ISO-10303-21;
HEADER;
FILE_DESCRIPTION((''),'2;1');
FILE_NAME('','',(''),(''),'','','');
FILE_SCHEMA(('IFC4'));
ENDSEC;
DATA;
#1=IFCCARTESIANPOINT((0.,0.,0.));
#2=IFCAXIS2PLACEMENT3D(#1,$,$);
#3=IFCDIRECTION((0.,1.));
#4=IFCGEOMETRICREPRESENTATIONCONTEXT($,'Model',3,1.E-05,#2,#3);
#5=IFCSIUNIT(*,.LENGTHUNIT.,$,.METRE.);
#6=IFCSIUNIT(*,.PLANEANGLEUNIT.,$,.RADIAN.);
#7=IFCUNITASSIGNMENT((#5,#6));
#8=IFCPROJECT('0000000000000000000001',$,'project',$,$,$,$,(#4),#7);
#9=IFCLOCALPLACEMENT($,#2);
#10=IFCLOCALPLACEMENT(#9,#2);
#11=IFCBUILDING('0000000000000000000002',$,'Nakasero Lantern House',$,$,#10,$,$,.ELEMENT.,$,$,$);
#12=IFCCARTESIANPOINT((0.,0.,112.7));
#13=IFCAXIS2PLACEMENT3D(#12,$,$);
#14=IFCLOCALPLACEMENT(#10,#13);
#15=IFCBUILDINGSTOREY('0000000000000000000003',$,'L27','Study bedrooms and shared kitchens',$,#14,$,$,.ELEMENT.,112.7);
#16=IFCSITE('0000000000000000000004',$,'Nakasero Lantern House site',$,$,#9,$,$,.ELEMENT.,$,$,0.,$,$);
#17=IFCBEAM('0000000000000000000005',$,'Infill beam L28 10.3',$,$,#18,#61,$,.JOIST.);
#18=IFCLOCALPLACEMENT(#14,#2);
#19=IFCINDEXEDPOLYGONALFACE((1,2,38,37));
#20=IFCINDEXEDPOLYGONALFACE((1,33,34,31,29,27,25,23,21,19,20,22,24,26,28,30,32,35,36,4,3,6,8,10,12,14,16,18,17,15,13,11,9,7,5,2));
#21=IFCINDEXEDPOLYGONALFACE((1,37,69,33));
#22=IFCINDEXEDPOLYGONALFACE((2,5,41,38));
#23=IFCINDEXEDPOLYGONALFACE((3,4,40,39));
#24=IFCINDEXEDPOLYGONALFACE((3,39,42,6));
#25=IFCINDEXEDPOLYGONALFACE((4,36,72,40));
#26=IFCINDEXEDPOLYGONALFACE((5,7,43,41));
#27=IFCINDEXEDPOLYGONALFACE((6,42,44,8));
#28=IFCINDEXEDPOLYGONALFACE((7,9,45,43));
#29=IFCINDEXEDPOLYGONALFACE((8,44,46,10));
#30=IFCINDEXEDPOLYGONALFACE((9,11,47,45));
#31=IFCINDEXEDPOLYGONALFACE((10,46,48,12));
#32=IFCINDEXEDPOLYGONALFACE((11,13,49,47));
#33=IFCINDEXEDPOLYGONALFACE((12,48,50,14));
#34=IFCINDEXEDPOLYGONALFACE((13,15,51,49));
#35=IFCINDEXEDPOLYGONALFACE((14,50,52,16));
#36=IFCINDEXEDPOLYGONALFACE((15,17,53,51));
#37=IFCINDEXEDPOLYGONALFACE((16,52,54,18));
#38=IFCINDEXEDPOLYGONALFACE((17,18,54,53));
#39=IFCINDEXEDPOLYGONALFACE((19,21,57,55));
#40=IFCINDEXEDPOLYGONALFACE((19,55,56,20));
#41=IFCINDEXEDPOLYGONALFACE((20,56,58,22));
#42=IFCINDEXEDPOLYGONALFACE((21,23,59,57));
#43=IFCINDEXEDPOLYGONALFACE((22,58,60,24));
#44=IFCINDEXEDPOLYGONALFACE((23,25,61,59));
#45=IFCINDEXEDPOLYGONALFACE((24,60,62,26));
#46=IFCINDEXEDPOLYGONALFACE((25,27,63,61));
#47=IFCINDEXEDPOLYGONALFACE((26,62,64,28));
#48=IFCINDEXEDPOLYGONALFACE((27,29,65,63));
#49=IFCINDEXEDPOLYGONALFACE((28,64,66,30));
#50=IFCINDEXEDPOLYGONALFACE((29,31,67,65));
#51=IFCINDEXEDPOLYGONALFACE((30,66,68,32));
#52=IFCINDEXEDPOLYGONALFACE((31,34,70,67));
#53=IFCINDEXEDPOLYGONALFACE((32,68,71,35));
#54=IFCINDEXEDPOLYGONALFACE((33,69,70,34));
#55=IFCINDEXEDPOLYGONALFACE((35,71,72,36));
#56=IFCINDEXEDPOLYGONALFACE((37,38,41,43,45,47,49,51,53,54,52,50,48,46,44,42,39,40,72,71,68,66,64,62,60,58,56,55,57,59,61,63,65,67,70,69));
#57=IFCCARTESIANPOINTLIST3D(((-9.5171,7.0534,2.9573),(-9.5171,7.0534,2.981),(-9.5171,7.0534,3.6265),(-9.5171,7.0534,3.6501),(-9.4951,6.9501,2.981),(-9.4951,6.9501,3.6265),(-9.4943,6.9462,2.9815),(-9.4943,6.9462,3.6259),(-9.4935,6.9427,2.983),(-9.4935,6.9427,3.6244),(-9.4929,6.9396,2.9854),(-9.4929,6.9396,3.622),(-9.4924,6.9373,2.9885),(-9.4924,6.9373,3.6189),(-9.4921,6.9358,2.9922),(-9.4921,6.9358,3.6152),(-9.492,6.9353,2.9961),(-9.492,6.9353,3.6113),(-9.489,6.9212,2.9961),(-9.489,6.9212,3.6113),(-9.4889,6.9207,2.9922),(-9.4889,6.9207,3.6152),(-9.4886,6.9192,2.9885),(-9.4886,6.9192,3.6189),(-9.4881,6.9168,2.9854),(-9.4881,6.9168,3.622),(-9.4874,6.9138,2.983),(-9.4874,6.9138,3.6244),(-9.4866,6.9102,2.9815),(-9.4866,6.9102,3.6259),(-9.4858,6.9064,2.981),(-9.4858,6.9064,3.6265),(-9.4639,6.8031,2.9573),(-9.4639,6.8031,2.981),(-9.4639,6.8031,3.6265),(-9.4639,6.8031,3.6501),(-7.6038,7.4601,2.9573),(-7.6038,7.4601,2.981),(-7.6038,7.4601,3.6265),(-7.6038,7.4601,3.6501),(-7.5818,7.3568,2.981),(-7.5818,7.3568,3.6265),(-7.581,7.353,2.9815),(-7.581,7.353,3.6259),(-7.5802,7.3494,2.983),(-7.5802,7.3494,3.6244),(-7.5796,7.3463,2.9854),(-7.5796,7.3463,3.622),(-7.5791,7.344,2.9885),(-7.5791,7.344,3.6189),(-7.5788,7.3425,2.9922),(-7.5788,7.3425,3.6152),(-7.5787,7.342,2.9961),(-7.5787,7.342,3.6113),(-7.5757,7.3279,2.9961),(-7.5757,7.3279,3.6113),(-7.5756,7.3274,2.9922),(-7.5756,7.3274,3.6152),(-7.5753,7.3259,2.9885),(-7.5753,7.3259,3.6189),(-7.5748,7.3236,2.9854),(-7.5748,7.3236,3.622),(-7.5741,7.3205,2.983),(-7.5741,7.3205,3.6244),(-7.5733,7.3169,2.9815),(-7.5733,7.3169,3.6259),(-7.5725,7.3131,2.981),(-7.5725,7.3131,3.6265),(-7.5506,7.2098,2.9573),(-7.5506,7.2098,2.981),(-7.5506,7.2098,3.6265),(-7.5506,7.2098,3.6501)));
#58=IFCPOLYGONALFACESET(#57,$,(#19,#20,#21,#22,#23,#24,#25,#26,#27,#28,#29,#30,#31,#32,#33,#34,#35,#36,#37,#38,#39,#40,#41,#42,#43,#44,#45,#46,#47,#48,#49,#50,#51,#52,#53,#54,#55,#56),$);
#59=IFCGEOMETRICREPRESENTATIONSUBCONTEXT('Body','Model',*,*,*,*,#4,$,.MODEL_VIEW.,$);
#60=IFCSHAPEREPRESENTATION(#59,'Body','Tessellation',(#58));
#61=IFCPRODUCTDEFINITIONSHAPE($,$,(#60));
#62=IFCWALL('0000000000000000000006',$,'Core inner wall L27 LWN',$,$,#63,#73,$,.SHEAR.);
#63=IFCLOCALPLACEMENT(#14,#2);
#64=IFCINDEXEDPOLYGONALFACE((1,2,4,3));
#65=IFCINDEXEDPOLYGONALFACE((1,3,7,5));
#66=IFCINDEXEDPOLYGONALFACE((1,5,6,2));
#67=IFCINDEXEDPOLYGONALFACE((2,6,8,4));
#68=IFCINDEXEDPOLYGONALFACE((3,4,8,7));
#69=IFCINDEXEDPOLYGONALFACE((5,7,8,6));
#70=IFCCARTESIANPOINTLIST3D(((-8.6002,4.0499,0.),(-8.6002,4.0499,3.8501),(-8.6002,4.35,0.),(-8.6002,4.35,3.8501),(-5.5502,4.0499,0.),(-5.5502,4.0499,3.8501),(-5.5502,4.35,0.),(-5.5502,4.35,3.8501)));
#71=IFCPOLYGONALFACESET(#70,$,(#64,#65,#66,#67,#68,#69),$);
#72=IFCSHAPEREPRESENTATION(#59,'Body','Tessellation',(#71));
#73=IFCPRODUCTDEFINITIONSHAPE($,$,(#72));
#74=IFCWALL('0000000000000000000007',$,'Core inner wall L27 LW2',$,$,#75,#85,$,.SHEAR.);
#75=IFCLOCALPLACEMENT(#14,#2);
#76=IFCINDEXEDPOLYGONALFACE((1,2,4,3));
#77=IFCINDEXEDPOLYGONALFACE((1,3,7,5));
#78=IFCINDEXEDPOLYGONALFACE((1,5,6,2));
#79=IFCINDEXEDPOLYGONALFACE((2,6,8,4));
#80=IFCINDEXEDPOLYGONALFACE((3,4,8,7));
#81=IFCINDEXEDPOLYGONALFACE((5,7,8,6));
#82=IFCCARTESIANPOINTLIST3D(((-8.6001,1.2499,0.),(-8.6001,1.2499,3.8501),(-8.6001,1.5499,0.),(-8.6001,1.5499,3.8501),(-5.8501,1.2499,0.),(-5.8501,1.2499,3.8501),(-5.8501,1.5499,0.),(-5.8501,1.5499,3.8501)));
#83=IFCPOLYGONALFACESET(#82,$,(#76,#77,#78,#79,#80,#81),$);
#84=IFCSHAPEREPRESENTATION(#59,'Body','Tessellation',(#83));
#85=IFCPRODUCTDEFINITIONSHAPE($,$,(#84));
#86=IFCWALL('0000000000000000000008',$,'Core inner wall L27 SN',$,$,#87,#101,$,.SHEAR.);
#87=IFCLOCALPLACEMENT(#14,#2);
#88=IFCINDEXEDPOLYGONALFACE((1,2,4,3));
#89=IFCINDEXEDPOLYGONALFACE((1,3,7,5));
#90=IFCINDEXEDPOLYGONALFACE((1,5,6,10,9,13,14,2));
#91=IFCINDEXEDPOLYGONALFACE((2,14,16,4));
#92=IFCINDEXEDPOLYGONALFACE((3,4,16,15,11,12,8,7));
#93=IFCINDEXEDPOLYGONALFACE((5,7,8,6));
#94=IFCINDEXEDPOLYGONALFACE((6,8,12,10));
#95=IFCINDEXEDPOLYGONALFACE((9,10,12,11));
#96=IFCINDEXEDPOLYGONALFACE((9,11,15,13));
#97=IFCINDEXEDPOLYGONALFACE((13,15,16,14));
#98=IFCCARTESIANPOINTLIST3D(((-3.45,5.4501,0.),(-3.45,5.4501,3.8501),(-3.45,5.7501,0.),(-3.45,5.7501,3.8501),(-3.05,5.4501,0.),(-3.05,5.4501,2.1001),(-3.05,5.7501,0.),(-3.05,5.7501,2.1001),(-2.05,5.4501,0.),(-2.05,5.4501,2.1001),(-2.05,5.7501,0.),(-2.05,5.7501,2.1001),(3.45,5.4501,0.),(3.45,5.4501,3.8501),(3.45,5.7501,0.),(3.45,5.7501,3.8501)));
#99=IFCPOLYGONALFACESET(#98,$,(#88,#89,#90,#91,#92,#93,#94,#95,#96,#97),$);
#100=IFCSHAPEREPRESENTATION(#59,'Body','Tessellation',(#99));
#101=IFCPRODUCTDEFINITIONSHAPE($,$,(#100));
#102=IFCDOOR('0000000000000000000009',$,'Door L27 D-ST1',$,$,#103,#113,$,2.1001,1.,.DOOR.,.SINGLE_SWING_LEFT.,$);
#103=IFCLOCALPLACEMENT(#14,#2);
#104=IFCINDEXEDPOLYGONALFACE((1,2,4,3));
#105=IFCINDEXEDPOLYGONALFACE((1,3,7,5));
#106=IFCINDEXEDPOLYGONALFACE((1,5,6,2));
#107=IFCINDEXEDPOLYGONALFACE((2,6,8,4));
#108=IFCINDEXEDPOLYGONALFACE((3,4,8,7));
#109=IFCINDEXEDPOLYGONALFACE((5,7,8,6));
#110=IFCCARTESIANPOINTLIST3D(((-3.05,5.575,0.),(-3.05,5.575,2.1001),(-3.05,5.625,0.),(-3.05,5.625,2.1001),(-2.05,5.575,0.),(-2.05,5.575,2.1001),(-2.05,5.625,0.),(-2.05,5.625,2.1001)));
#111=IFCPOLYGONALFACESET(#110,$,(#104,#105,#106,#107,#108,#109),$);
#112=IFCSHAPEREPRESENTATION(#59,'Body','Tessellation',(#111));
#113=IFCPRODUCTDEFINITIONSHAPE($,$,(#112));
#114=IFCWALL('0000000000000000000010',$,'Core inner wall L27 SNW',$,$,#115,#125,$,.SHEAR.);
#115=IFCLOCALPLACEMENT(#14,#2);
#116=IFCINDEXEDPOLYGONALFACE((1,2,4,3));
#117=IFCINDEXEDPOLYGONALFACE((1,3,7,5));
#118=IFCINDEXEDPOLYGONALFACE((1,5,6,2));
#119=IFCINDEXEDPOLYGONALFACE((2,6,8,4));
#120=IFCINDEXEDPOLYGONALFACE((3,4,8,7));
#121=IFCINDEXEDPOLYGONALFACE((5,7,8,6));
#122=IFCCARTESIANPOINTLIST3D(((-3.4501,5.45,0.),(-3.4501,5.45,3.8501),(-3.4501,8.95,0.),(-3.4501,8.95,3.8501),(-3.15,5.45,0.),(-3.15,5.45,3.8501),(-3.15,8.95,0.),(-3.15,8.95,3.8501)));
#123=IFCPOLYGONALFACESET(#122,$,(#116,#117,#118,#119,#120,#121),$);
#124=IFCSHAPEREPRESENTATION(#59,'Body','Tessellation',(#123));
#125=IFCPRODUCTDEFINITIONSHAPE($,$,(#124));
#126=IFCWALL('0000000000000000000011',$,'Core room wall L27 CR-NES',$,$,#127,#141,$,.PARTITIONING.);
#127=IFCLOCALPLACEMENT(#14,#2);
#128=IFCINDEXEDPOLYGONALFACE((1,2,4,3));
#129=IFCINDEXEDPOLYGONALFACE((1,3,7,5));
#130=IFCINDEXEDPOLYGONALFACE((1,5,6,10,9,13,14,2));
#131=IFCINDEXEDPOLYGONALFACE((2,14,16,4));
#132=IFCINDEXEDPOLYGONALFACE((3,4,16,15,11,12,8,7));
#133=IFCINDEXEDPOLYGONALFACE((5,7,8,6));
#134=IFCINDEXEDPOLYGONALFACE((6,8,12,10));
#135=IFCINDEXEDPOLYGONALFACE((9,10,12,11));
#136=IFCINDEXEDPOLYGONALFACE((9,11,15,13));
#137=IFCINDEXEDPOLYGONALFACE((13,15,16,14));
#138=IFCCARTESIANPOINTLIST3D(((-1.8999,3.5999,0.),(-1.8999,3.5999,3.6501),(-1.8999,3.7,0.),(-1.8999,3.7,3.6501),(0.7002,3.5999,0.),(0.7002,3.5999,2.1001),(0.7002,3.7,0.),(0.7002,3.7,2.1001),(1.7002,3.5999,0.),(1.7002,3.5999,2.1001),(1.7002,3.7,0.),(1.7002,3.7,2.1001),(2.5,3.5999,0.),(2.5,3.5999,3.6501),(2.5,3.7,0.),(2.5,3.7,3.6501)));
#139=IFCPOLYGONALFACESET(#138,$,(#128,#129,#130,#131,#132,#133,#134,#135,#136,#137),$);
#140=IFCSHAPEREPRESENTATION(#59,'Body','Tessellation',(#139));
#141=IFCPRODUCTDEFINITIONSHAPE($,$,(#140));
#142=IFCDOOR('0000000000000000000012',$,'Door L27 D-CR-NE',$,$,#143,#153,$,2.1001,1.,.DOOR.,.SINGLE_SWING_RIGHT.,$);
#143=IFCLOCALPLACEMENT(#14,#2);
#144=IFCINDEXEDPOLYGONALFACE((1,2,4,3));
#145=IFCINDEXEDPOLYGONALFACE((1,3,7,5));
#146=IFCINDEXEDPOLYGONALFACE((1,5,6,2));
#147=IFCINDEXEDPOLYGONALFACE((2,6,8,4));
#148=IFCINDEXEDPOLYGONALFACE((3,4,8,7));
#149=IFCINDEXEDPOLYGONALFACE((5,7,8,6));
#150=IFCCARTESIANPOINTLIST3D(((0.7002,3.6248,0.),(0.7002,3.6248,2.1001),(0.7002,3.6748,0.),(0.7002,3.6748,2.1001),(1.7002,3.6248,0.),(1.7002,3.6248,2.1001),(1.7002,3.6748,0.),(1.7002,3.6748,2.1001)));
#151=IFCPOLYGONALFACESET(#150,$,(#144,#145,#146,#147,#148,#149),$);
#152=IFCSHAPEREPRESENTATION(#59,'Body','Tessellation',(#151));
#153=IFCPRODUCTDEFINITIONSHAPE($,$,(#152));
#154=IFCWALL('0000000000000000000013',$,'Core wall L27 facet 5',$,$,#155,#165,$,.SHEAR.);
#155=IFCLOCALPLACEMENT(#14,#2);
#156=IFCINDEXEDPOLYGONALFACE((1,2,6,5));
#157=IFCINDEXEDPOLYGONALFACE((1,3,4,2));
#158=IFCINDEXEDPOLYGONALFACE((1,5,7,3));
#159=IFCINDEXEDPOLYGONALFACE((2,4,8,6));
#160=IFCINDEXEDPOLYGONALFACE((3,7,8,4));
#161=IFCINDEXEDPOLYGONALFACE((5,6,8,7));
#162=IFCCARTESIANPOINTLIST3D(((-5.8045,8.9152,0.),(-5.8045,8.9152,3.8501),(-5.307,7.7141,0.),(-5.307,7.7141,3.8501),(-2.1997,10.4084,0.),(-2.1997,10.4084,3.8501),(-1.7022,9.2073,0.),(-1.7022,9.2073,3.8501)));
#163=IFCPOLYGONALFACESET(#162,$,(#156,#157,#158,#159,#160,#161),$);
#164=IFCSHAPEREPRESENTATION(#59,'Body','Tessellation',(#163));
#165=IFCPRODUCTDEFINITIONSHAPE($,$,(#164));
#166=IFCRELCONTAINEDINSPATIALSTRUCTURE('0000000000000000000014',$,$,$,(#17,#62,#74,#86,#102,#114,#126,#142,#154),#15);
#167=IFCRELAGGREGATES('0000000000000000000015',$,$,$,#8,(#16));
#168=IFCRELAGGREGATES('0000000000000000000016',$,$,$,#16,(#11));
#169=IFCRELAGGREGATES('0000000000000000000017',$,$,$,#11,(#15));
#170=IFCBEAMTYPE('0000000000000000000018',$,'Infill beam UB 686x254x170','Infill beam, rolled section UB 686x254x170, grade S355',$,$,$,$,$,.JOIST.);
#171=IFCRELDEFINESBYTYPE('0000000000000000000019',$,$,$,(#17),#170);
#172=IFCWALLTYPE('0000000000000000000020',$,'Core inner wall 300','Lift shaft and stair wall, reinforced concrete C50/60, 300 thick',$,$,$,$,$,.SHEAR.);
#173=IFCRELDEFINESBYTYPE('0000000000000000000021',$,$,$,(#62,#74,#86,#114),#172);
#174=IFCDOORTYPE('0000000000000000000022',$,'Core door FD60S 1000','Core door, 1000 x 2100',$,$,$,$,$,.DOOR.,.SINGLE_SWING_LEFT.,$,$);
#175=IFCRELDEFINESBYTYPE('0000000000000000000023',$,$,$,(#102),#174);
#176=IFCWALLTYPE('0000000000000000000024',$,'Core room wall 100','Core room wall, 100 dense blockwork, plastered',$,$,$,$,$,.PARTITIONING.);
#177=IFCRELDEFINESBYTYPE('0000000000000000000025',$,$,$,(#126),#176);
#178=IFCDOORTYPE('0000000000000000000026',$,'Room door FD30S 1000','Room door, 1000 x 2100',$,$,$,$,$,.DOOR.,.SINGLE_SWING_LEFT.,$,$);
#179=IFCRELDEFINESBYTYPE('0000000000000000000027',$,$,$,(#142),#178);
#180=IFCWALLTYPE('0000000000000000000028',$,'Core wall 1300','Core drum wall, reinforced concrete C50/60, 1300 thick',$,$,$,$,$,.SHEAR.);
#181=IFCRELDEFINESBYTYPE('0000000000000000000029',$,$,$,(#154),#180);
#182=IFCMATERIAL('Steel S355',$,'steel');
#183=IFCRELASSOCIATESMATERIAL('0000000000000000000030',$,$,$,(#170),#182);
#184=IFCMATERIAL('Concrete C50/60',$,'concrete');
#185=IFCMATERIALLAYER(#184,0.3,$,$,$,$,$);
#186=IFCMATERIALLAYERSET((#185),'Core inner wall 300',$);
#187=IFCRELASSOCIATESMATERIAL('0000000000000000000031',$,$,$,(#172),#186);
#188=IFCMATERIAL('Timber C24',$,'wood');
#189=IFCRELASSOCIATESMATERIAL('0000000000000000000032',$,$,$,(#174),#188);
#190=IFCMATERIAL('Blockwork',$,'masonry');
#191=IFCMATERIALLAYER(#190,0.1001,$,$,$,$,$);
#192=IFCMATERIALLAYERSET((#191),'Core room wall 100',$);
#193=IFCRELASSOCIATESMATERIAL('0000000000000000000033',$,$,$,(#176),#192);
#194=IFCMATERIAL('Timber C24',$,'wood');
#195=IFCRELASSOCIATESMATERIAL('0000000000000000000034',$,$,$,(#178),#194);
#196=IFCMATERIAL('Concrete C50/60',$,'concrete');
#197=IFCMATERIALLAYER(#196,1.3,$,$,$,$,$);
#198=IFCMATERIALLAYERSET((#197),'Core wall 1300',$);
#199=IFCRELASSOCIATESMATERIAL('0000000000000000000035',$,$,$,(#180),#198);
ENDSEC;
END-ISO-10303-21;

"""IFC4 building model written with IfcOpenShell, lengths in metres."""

from ifc_helpers import new_model, si_unit, direction, frame, frame_2d, origin, origin_2d, place, context, subcontext, project, spatial, rectangle, i_section, extrude, material, layer, layer_set, material_profile, profile_set, type_object, element, fill, save


model = new_model("IFC4")

# Units and contexts
model_context = context("Model", 3, precision=1e-05, world=origin(), true_north=direction((0.0, 1.0)))
body_context = subcontext(model_context, "Body", "Model", "MODEL_VIEW")
ifc_project = project(units=[si_unit("LENGTHUNIT", "METRE"), si_unit("PLANEANGLEUNIT", "RADIAN")], contexts=[model_context])

# Site, building, storey
site_placement = place(None, origin())
site = spatial("IfcSite", under=ifc_project, at=site_placement, Name="Nakasero Lantern House site", CompositionType="ELEMENT", RefElevation=0.0)
building_placement = place(site_placement, origin())
building = spatial("IfcBuilding", under=site, at=building_placement, Name="Nakasero Lantern House", CompositionType="ELEMENT")
storey_placement = place(building_placement, frame((0.0, 0.0, 112.7)))
storey = spatial("IfcBuildingStorey", under=building, at=storey_placement, Name="L27", Description="Study bedrooms and shared kitchens", CompositionType="ELEMENT", Elevation=112.7)

# Beam
ifc_material_1 = material(Name="Steel S355", Category="steel")
ifc_material_profile_1 = material_profile(ifc_material_1, i_section(OverallWidth=0.2559, OverallDepth=0.6929, WebThickness=0.0144, FlangeThickness=0.0237, FilletRadius=0.0151, at=origin_2d()), Name="UB 686x254x170")
ifc_profile_set_1 = profile_set([ifc_material_profile_1], Name="Steel S355")
beam_type_1 = type_object("IfcBeamType", Name="Infill beam UB 686x254x170", Description="Infill beam, rolled section UB 686x254x170, grade S355", PredefinedType="JOIST", material=ifc_profile_set_1)
beam_1_placement = place(storey_placement, frame((-9.4905, 6.9282, 3.3037), z_axis=(0.978143, 0.207935, 0.0), x_axis=(-0.207935, 0.978143, 0.0)))
element("IfcBeam", 1, at=beam_1_placement, inside=storey, type_object=beam_type_1, Name="Infill beam L28 10.3", PredefinedType="JOIST", context=body_context, shape_type="SweptSolid", body=[
    extrude(i_section(OverallWidth=0.2559, OverallDepth=0.6929, WebThickness=0.0144, FlangeThickness=0.0237, FilletRadius=0.0151, at=origin_2d()), origin(), (0.0, 0.0, 1.0), 1.9561),
])

# Walls
ifc_material_2 = material(Name="Concrete C50/60", Category="concrete")
ifc_layer_1 = layer(ifc_material_2, 0.3)
ifc_layer_set_1 = layer_set([ifc_layer_1], Name="Core inner wall 300")
wall_type_1 = type_object("IfcWallType", Name="Core inner wall 300", Description="Lift shaft and stair wall, reinforced concrete C50/60, 300 thick", PredefinedType="SHEAR", material=ifc_layer_set_1)
wall_1_placement = place(storey_placement, frame((-8.6001, 4.2, 0.0), z_axis=(0.0, 0.0, 1.0), x_axis=(1.0, 0.0, 0.0)))
element("IfcWall", 2, at=wall_1_placement, inside=storey, type_object=wall_type_1, Name="Core inner wall L27 LWN", PredefinedType="SHEAR", context=body_context, shape_type="SweptSolid", body=[
    extrude(rectangle(XDim=3.05, YDim=0.3, at=frame_2d((1.5249, 0.0))), origin(), (0.0, 0.0, 1.0), 3.8501),
])
wall_2_placement = place(storey_placement, frame((-8.6001, 1.3999, 0.0), z_axis=(0.0, 0.0, 1.0), x_axis=(1.0, 0.0, 0.0)))
element("IfcWall", 3, at=wall_2_placement, inside=storey, type_object=wall_type_1, Name="Core inner wall L27 LW2", PredefinedType="SHEAR", context=body_context, shape_type="SweptSolid", body=[
    extrude(rectangle(XDim=2.75, YDim=0.3, at=frame_2d((1.375, 0.0))), origin(), (0.0, 0.0, 1.0), 3.8501),
])

# Wall, opening, door
wall_3_placement = place(storey_placement, frame((-3.45, 5.6001, 0.0), z_axis=(0.0, 0.0, 1.0), x_axis=(1.0, 0.0, 0.0)))
wall_3 = element("IfcWall", 4, at=wall_3_placement, inside=storey, type_object=wall_type_1, Name="Core inner wall L27 SN", PredefinedType="SHEAR", context=body_context, shape_type="SweptSolid", body=[
    extrude(rectangle(XDim=6.8999, YDim=0.3, at=frame_2d((3.45, 0.0))), origin(), (0.0, 0.0, 1.0), 3.8501),
])
opening_1_placement = place(wall_3_placement, frame((0.3999, 0.0, 0.0)))
opening_1 = element("IfcOpeningElement", 5, at=opening_1_placement, cuts=wall_3, PredefinedType="OPENING", context=body_context, shape_type="SweptSolid", body=[
    extrude(rectangle(XDim=1.0, YDim=2.1001, at=frame_2d((0.5, 1.05))), frame((0.0, 0.1699, 0.0), z_axis=(0.0, -1.0, 0.0), x_axis=(1.0, 0.0, 0.0)), (0.0, 0.0, 1.0), 0.3401),
])
ifc_material_3 = material(Name="Timber C24", Category="wood")
door_type_1 = type_object("IfcDoorType", Name="Core door FD60S 1000", Description="Core door, 1000 x 2100", OperationType="SINGLE_SWING_LEFT", PredefinedType="DOOR", material=ifc_material_3)
door_1_placement = place(opening_1_placement, origin())
door_1 = element("IfcDoor", 6, at=door_1_placement, inside=storey, type_object=door_type_1, Name="Door L27 D-ST1", OperationType="SINGLE_SWING_LEFT", OverallHeight=2.1001, OverallWidth=1.0, PredefinedType="DOOR", context=body_context, shape_type="SweptSolid", body=[
    extrude(rectangle(XDim=1.0, YDim=2.1001, at=frame_2d((0.5, 1.05))), frame((0.0, 0.0249, 0.0), z_axis=(0.0, -1.0, 0.0), x_axis=(1.0, 0.0, 0.0)), (0.0, 0.0, 1.0), 0.05),
])
fill(opening_1, door_1)

# Wall
wall_4_placement = place(storey_placement, frame((-3.3, 5.45, 0.0), z_axis=(0.0, 0.0, 1.0), x_axis=(0.0, 1.0, 0.0)))
element("IfcWall", 7, at=wall_4_placement, inside=storey, type_object=wall_type_1, Name="Core inner wall L27 SNW", PredefinedType="SHEAR", context=body_context, shape_type="SweptSolid", body=[
    extrude(rectangle(XDim=3.5, YDim=0.3, at=frame_2d((1.75, 0.0))), origin(), (0.0, 0.0, 1.0), 3.8501),
])

# Wall, opening, door
ifc_material_4 = material(Name="Blockwork", Category="masonry")
ifc_layer_2 = layer(ifc_material_4, 0.1001)
ifc_layer_set_2 = layer_set([ifc_layer_2], Name="Core room wall 100")
wall_type_2 = type_object("IfcWallType", Name="Core room wall 100", Description="Core room wall, 100 dense blockwork, plastered", PredefinedType="PARTITIONING", material=ifc_layer_set_2)
wall_5_placement = place(storey_placement, frame((-1.8999, 3.6499, 0.0), z_axis=(0.0, 0.0, 1.0), x_axis=(1.0, 0.0, 0.0)))
wall_5 = element("IfcWall", 8, at=wall_5_placement, inside=storey, type_object=wall_type_2, Name="Core room wall L27 CR-NES", PredefinedType="PARTITIONING", context=body_context, shape_type="SweptSolid", body=[
    extrude(rectangle(XDim=4.3999, YDim=0.1001, at=frame_2d((2.2, 0.0))), origin(), (0.0, 0.0, 1.0), 3.6501),
])
opening_2_placement = place(wall_5_placement, frame((2.6001, 0.0, 0.0)))
opening_2 = element("IfcOpeningElement", 9, at=opening_2_placement, cuts=wall_5, PredefinedType="OPENING", context=body_context, shape_type="SweptSolid", body=[
    extrude(rectangle(XDim=1.0, YDim=2.1001, at=frame_2d((0.5, 1.05))), frame((0.0, 0.0701, 0.0), z_axis=(0.0, -1.0, 0.0), x_axis=(1.0, 0.0, 0.0)), (0.0, 0.0, 1.0), 0.1401),
])
ifc_material_5 = material(Name="Timber C24", Category="wood")
door_type_2 = type_object("IfcDoorType", Name="Room door FD30S 1000", Description="Room door, 1000 x 2100", OperationType="SINGLE_SWING_LEFT", PredefinedType="DOOR", material=ifc_material_5)
door_2_placement = place(opening_2_placement, origin())
door_2 = element("IfcDoor", 10, at=door_2_placement, inside=storey, type_object=door_type_2, Name="Door L27 D-CR-NE", OperationType="SINGLE_SWING_RIGHT", OverallHeight=2.1001, OverallWidth=1.0, PredefinedType="DOOR", context=body_context, shape_type="SweptSolid", body=[
    extrude(rectangle(XDim=1.0, YDim=2.1001, at=frame_2d((0.5, 1.05))), frame((0.0, 0.0249, 0.0), z_axis=(0.0, -1.0, 0.0), x_axis=(1.0, 0.0, 0.0)), (0.0, 0.0, 1.0), 0.05),
])
fill(opening_2, door_2)

# Wall
ifc_material_6 = material(Name="Concrete C50/60", Category="concrete")
ifc_layer_3 = layer(ifc_material_6, 1.3)
ifc_layer_set_3 = layer_set([ifc_layer_3], Name="Core wall 1300")
wall_type_3 = type_object("IfcWallType", Name="Core wall 1300", Description="Core drum wall, reinforced concrete C50/60, 1300 thick", PredefinedType="SHEAR", material=ifc_layer_set_3)
wall_6_placement = place(storey_placement, frame((-1.9509, 9.8079, 0.0), z_axis=(0.0, 0.0, 1.0), x_axis=(-0.923877, -0.382691, 0.0)))
element("IfcWall", 11, at=wall_6_placement, inside=storey, type_object=wall_type_3, Name="Core wall L27 facet 5", PredefinedType="SHEAR", context=body_context, shape_type="SweptSolid", body=[
    extrude(rectangle(XDim=3.9019, YDim=1.3, at=frame_2d((1.9509, 0.0))), origin(), (0.0, 0.0, 1.0), 3.8501),
])

save(model, "model.ifc")
